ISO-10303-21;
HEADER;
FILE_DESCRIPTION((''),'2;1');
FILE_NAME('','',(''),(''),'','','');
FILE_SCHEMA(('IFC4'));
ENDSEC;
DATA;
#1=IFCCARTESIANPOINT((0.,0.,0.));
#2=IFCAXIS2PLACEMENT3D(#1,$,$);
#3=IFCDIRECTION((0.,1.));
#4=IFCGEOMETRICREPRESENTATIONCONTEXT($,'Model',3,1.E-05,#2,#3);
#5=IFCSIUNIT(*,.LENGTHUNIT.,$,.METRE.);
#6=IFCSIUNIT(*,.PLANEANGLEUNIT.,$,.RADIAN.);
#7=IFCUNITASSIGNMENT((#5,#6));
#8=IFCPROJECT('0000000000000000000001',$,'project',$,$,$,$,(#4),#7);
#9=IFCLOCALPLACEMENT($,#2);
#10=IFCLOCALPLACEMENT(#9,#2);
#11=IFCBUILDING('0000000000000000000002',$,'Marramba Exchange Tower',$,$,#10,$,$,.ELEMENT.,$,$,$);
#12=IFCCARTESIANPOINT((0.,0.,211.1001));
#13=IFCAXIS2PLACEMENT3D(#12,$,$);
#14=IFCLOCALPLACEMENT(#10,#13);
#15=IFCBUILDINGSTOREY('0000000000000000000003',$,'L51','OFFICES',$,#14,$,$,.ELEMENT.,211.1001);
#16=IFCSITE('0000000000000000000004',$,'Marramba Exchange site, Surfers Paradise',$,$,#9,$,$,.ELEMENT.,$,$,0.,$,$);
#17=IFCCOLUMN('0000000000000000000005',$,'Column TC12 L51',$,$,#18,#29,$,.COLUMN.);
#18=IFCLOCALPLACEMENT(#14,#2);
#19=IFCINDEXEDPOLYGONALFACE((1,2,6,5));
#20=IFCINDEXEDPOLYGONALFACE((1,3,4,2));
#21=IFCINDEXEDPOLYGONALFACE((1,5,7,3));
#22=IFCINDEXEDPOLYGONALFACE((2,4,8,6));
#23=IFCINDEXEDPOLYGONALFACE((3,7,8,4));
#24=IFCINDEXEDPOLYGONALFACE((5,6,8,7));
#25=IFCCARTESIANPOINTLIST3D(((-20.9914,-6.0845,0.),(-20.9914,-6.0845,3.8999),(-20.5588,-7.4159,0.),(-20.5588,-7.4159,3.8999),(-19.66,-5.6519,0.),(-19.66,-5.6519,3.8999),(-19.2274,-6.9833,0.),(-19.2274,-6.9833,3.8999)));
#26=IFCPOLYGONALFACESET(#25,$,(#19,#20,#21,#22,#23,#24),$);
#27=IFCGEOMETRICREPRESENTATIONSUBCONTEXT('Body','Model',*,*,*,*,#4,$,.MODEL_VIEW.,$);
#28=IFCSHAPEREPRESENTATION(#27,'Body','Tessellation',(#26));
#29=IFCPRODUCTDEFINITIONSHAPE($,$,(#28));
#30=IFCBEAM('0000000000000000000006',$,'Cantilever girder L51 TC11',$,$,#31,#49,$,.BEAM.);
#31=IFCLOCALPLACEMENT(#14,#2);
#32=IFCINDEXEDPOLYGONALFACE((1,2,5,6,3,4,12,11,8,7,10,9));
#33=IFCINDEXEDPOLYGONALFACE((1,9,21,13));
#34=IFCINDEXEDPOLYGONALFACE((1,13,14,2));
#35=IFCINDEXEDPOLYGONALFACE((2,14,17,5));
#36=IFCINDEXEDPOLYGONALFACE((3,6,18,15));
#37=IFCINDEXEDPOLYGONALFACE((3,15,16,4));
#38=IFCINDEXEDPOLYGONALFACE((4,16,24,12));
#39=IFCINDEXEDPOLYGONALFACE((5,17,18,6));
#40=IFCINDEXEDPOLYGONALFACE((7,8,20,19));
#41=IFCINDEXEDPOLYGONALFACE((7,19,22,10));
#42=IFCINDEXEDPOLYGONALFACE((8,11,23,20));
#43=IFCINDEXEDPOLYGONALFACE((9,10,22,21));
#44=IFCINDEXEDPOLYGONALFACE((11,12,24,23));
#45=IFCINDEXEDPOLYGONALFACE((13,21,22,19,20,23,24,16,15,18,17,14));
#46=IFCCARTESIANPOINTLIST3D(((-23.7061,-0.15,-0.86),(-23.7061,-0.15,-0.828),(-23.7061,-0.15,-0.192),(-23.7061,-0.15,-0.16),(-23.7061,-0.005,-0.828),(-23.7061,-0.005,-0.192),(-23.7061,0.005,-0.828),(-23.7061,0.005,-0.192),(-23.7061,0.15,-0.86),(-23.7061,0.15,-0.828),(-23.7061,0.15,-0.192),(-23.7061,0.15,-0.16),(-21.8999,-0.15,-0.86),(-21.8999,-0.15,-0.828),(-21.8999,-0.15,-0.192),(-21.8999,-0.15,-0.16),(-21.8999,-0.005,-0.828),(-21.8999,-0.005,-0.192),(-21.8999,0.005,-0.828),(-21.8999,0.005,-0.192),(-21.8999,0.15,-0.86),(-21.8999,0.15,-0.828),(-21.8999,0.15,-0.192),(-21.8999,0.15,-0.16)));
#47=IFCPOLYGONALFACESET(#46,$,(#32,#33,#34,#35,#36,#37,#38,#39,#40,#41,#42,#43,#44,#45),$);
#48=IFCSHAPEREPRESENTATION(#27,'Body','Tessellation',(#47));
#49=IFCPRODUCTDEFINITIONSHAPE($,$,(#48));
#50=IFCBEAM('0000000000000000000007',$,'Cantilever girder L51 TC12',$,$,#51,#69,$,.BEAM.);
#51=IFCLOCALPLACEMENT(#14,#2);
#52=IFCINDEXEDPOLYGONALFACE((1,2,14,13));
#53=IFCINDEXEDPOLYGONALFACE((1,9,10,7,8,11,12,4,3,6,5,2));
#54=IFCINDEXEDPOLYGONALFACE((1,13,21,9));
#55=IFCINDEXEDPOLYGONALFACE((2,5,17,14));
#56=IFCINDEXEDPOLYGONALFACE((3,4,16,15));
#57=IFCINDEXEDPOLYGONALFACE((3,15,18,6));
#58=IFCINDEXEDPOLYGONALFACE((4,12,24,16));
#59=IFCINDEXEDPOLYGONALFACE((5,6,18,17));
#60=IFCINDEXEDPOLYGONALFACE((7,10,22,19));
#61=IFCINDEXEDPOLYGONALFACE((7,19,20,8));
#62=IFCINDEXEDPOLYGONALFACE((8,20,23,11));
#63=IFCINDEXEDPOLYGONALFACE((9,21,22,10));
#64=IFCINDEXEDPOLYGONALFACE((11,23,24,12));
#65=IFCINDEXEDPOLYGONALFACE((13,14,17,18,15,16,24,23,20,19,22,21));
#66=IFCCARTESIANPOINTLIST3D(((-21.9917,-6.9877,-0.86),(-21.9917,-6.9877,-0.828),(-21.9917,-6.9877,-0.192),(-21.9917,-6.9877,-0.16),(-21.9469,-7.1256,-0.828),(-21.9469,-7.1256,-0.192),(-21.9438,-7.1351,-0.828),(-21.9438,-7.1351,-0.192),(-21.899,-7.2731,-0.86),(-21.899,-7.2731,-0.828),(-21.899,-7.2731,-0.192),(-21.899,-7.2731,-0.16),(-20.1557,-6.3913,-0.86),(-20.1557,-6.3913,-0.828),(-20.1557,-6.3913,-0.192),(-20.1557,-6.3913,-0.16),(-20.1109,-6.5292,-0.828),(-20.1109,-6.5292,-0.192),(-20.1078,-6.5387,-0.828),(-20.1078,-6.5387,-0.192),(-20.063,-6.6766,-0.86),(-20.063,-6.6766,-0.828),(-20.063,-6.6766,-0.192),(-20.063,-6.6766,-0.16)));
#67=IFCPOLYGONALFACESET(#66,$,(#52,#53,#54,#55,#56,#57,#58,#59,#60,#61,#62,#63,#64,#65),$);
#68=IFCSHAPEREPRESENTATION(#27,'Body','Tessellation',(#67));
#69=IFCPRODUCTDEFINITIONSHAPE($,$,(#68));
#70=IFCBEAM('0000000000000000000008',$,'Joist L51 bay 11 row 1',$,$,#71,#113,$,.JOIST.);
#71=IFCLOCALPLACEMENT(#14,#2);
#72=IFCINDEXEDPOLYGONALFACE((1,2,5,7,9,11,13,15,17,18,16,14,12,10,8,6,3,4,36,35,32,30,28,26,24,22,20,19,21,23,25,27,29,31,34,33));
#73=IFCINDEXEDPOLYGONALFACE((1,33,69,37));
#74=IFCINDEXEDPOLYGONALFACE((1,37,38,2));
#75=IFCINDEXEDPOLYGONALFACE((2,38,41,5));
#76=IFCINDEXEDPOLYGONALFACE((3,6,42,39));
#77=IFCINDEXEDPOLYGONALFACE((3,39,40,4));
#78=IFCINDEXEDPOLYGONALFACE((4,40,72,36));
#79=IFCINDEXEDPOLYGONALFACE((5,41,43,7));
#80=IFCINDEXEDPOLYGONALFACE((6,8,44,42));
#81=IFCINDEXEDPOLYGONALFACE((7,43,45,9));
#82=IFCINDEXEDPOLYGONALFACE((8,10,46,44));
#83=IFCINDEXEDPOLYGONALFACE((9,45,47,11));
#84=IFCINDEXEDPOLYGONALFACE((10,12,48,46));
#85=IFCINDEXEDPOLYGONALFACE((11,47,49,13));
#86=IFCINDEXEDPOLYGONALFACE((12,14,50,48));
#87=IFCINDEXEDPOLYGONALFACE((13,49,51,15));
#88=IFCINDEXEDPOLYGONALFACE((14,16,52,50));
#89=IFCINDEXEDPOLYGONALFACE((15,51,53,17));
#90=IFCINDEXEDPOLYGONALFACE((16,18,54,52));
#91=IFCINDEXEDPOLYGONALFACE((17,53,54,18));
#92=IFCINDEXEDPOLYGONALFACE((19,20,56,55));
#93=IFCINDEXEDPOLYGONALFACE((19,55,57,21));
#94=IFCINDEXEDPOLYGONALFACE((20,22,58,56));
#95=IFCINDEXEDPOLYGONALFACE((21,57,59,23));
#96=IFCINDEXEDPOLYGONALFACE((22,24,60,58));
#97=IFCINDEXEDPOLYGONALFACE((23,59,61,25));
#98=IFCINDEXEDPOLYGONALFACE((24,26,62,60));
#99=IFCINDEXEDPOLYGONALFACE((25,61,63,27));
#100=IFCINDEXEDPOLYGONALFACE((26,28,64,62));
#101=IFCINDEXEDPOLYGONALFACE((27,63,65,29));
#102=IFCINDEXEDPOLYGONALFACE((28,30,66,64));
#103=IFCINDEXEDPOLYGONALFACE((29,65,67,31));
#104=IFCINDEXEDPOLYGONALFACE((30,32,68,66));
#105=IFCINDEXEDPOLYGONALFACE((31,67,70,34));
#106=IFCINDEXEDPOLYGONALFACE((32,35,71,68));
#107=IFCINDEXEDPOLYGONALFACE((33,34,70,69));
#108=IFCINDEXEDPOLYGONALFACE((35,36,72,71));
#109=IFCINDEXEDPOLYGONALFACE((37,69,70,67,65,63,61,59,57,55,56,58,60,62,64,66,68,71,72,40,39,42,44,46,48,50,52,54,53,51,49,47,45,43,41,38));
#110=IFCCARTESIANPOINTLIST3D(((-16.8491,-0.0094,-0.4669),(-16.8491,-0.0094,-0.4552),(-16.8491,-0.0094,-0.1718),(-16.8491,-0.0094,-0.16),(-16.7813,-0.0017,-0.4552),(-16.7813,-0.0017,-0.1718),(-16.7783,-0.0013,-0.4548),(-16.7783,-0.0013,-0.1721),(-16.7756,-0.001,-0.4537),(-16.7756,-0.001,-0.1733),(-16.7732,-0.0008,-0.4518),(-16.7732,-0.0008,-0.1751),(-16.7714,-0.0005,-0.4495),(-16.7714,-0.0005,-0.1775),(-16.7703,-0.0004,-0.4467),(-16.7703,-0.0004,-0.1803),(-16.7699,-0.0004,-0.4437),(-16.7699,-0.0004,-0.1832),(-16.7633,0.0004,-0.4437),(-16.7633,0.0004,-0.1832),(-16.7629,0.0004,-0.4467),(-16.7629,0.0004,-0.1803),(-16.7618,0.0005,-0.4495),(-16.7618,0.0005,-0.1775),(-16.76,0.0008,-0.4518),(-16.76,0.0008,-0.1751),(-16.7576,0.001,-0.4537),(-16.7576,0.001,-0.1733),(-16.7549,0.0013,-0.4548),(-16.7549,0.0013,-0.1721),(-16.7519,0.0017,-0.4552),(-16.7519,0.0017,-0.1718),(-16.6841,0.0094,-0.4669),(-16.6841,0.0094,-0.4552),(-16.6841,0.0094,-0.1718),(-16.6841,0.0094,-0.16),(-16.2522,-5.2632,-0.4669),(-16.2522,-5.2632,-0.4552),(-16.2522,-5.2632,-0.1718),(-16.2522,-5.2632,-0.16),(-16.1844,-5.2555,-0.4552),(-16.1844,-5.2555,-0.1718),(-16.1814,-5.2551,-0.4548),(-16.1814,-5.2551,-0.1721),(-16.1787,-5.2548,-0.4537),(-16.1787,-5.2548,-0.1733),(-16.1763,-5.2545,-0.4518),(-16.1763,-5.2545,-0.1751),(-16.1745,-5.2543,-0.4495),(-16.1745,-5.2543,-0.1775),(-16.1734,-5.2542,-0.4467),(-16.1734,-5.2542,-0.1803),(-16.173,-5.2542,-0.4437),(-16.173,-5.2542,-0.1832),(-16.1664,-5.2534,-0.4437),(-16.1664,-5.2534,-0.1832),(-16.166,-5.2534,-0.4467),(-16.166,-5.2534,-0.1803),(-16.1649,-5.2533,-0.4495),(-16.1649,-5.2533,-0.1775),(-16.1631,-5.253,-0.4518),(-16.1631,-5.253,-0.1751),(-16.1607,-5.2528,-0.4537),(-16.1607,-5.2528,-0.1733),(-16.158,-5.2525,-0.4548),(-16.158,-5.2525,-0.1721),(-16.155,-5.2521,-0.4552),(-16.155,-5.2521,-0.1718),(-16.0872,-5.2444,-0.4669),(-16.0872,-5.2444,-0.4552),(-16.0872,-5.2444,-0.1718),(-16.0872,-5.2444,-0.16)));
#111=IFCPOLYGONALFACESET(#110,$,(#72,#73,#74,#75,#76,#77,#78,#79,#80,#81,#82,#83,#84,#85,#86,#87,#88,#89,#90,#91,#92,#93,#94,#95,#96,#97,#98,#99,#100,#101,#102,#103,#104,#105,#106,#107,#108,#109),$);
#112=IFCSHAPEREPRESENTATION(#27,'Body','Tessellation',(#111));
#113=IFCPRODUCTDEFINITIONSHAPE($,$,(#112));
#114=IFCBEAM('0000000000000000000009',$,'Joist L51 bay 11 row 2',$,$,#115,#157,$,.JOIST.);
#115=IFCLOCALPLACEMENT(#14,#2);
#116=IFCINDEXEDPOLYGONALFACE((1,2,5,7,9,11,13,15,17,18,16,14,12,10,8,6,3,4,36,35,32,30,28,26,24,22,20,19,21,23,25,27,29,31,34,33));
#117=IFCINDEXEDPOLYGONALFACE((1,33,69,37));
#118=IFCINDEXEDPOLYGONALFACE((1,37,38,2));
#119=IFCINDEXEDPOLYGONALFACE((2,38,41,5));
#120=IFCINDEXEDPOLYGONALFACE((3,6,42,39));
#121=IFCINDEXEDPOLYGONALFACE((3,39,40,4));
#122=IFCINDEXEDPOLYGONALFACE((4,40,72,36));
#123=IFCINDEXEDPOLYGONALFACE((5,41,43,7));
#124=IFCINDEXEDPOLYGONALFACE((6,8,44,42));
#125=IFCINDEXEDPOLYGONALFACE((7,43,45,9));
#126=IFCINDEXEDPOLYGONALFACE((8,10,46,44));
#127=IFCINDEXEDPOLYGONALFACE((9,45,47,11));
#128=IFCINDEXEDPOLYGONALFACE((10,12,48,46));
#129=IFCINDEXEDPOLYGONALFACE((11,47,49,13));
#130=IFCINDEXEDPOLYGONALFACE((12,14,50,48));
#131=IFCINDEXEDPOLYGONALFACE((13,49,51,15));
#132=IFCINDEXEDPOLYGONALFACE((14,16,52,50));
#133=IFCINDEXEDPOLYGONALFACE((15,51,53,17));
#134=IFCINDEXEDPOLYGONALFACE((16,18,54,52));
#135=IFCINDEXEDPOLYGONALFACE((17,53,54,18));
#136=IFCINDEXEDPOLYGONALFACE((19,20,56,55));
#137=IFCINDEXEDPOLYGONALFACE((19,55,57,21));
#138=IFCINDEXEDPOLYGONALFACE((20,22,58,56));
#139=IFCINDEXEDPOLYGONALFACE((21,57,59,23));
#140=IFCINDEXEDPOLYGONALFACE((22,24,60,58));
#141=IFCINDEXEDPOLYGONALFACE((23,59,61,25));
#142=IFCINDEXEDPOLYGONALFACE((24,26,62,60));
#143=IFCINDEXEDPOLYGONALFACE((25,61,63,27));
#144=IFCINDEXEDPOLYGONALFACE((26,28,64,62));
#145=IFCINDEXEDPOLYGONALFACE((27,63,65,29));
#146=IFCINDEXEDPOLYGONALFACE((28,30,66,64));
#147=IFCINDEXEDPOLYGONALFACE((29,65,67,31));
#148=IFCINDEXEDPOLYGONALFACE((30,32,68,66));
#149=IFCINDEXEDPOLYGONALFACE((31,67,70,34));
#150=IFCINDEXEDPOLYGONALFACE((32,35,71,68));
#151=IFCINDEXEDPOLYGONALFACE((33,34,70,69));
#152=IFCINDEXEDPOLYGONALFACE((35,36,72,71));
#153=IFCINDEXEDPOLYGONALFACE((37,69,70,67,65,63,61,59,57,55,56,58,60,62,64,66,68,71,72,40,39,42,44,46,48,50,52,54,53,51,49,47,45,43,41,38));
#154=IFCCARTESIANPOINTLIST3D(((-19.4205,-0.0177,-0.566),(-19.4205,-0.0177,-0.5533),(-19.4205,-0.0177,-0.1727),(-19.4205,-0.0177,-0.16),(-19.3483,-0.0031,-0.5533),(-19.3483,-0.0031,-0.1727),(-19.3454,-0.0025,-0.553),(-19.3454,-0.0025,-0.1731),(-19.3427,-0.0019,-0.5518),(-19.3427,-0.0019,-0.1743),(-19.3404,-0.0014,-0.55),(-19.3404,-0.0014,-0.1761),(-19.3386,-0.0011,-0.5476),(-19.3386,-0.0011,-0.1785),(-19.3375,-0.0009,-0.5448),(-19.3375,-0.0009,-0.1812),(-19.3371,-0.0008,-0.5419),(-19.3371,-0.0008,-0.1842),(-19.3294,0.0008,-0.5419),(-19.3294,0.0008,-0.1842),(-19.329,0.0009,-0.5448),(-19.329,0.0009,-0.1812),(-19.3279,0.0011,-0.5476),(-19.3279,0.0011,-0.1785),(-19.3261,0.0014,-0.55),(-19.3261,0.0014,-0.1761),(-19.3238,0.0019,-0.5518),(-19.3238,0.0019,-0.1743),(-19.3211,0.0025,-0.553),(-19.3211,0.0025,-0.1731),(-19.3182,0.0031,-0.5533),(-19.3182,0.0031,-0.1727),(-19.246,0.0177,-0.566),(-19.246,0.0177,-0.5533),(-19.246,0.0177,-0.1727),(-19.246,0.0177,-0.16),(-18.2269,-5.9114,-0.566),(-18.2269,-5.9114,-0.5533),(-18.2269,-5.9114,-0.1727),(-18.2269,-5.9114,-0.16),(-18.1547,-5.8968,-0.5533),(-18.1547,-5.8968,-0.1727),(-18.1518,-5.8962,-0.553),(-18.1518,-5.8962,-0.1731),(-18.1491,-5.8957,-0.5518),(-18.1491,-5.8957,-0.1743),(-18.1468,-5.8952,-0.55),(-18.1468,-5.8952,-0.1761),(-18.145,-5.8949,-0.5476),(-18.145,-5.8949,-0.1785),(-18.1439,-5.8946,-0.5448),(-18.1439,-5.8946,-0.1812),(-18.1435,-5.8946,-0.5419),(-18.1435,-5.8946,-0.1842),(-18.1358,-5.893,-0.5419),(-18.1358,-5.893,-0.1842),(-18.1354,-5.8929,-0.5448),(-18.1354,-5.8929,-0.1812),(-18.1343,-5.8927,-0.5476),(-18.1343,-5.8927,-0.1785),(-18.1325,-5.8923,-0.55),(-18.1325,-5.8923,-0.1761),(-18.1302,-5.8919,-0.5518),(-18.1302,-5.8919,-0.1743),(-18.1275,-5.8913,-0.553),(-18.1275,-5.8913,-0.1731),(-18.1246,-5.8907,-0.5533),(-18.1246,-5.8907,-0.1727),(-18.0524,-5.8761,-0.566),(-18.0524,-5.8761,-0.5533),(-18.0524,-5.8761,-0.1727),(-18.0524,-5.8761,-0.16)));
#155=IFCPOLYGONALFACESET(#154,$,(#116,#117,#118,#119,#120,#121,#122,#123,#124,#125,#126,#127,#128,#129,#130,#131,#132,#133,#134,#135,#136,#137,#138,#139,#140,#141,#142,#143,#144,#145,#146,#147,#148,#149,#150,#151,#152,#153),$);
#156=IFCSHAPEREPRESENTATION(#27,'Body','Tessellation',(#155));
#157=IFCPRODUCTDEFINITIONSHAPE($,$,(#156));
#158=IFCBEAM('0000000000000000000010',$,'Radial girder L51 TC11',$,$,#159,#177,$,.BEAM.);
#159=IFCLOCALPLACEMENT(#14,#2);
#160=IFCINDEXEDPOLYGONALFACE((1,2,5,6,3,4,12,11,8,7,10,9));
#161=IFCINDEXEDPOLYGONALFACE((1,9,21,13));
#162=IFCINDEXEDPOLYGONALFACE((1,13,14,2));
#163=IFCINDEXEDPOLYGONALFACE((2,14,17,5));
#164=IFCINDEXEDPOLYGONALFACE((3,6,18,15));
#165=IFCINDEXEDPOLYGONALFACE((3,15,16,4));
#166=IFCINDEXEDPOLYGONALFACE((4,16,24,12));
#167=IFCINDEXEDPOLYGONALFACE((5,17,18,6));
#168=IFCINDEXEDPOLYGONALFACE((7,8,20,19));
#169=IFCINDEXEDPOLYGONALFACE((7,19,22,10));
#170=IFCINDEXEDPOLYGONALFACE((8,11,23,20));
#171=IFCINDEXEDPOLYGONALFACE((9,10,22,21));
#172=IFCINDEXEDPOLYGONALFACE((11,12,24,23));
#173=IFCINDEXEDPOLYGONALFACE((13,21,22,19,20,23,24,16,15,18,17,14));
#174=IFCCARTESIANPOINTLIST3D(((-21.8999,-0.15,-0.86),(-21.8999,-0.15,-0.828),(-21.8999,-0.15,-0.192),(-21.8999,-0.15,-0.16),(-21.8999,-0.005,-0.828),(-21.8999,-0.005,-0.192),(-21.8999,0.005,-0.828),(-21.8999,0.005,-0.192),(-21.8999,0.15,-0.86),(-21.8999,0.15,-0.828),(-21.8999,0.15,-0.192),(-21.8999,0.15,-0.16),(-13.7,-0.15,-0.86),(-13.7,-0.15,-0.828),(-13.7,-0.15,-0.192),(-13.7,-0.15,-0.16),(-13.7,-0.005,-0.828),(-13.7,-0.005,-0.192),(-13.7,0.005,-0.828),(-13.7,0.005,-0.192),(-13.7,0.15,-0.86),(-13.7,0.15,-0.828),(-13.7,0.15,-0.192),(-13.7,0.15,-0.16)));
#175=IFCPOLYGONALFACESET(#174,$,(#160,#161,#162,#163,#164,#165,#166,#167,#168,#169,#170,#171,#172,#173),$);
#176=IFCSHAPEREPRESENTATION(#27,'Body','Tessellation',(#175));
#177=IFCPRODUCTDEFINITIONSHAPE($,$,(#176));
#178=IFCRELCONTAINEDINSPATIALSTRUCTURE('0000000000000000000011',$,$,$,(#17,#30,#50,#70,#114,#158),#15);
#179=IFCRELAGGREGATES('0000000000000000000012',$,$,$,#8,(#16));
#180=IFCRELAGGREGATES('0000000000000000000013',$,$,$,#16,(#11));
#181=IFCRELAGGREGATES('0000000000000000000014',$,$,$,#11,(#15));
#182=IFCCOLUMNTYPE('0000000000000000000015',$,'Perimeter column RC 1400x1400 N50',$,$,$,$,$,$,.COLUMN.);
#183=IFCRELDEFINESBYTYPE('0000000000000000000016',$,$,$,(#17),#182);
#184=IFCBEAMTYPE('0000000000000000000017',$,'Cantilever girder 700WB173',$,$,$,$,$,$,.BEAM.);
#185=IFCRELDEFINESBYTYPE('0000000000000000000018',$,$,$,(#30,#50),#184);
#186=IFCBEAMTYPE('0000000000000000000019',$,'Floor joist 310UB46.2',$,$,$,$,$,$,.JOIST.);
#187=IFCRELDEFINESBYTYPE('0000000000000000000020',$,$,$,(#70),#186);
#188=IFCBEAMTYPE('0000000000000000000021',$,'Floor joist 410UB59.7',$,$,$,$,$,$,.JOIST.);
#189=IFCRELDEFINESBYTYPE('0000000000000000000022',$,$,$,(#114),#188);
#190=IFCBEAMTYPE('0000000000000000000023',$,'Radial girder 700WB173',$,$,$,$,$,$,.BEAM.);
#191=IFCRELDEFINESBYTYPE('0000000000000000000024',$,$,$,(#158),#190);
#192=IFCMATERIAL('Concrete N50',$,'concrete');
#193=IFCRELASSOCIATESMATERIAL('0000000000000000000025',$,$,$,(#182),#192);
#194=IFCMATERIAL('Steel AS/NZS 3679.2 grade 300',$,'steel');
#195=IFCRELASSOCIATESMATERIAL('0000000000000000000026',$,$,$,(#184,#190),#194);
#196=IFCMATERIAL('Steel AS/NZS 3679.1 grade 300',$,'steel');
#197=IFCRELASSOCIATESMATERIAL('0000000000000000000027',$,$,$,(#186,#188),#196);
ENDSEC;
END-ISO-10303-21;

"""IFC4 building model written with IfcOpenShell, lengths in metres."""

from ifc_helpers import new_model, si_unit, direction, frame, origin, origin_2d, place, context, subcontext, project, spatial, rectangle, i_section, extrude, material, material_profile, profile_set, type_object, element, save


model = new_model("IFC4")

# Units and contexts
model_context = context("Model", 3, precision=1e-05, world=origin(), true_north=direction((0.0, 1.0)))
body_context = subcontext(model_context, "Body", "Model", "MODEL_VIEW")
ifc_project = project(units=[si_unit("LENGTHUNIT", "METRE"), si_unit("PLANEANGLEUNIT", "RADIAN")], contexts=[model_context])

# Site, building, storey
site_placement = place(None, origin())
site = spatial("IfcSite", under=ifc_project, at=site_placement, Name="Marramba Exchange site, Surfers Paradise", CompositionType="ELEMENT", RefElevation=0.0)
building_placement = place(site_placement, origin())
building = spatial("IfcBuilding", under=site, at=building_placement, Name="Marramba Exchange Tower", CompositionType="ELEMENT")
storey_placement = place(building_placement, frame((0.0, 0.0, 211.1001)))
storey = spatial("IfcBuildingStorey", under=building, at=storey_placement, Name="L51", Description="OFFICES", CompositionType="ELEMENT", Elevation=211.1001)

# Column
ifc_material_1 = material(Name="Concrete N50", Category="concrete")
ifc_material_profile_1 = material_profile(ifc_material_1, rectangle(XDim=1.3999, YDim=1.3999, at=origin_2d()), Name="RC 1400x1400")
ifc_profile_set_1 = profile_set([ifc_material_profile_1], Name="Concrete N50")
column_type = type_object("IfcColumnType", Name="Perimeter column RC 1400x1400 N50", PredefinedType="COLUMN", material=ifc_profile_set_1)
column_placement = place(storey_placement, frame((-20.1094, -6.5339, 0.0), z_axis=(0.0, 0.0, 1.0), x_axis=(-0.951057, -0.309017, 0.0)))
element("IfcColumn", 1, at=column_placement, inside=storey, type_object=column_type, Name="Column TC12 L51", PredefinedType="COLUMN", context=body_context, shape_type="SweptSolid", body=[
    extrude(rectangle(XDim=1.3999, YDim=1.3999, at=origin_2d()), origin(), (0.0, 0.0, 1.0), 3.8999),
])

# Beams
ifc_material_2 = material(Name="Steel AS/NZS 3679.2 grade 300", Category="steel")
ifc_material_profile_2 = material_profile(ifc_material_2, i_section(OverallWidth=0.3, OverallDepth=0.7, WebThickness=0.01, FlangeThickness=0.032, at=origin_2d()), Name="700WB173")
ifc_profile_set_2 = profile_set([ifc_material_profile_2], Name="Steel AS/NZS 3679.2 grade 300")
beam_type_1 = type_object("IfcBeamType", Name="Cantilever girder 700WB173", PredefinedType="BEAM", material=ifc_profile_set_2)
beam_1_placement = place(storey_placement, frame((-21.8999, 0.0, -0.51), z_axis=(-1.0, 0.0, 0.0), x_axis=(0.0, -1.0, 0.0)))
element("IfcBeam", 2, at=beam_1_placement, inside=storey, type_object=beam_type_1, Name="Cantilever girder L51 TC11", PredefinedType="BEAM", context=body_context, shape_type="SweptSolid", body=[
    extrude(i_section(OverallWidth=0.3, OverallDepth=0.7, WebThickness=0.01, FlangeThickness=0.032, at=origin_2d()), origin(), (0.0, 0.0, 1.0), 1.8062),
])
beam_2_placement = place(storey_placement, frame((-20.1094, -6.5339, -0.51), z_axis=(-0.951071, -0.308972, 0.0), x_axis=(0.308972, -0.951071, 0.0)))
element("IfcBeam", 3, at=beam_2_placement, inside=storey, type_object=beam_type_1, Name="Cantilever girder L51 TC12", PredefinedType="BEAM", context=body_context, shape_type="SweptSolid", body=[
    extrude(i_section(OverallWidth=0.3, OverallDepth=0.7, WebThickness=0.01, FlangeThickness=0.032, at=origin_2d()), origin(), (0.0, 0.0, 1.0), 1.9304),
])
ifc_material_3 = material(Name="Steel AS/NZS 3679.1 grade 300", Category="steel")
ifc_material_profile_3 = material_profile(ifc_material_3, i_section(OverallWidth=0.166, OverallDepth=0.3069, WebThickness=0.0066, FlangeThickness=0.0117, FilletRadius=0.0115, at=origin_2d()), Name="310UB46.2")
ifc_profile_set_3 = profile_set([ifc_material_profile_3], Name="Steel AS/NZS 3679.1 grade 300")
beam_type_2 = type_object("IfcBeamType", Name="Floor joist 310UB46.2", PredefinedType="JOIST", material=ifc_profile_set_3)
beam_3_placement = place(storey_placement, frame((-16.7666, 0.0, -0.3135), z_axis=(0.112889, -0.993608, 0.0), x_axis=(0.993608, 0.112889, 0.0)))
element("IfcBeam", 4, at=beam_3_placement, inside=storey, type_object=beam_type_2, Name="Joist L51 bay 11 row 1", PredefinedType="JOIST", context=body_context, shape_type="SweptSolid", body=[
    extrude(i_section(OverallWidth=0.166, OverallDepth=0.3069, WebThickness=0.0066, FlangeThickness=0.0117, FilletRadius=0.0115, at=origin_2d()), origin(), (0.0, 0.0, 1.0), 5.2876),
])
ifc_material_profile_4 = material_profile(ifc_material_3, i_section(OverallWidth=0.178, OverallDepth=0.406, WebThickness=0.0078, FlangeThickness=0.0127, FilletRadius=0.0115, at=origin_2d()), Name="410UB59.7")
ifc_profile_set_4 = profile_set([ifc_material_profile_4], Name="Steel AS/NZS 3679.1 grade 300")
beam_type_3 = type_object("IfcBeamType", Name="Floor joist 410UB59.7", PredefinedType="JOIST", material=ifc_profile_set_4)
beam_4_placement = place(storey_placement, frame((-19.3333, 0.0, -0.363), z_axis=(0.198489, -0.980103, 0.0), x_axis=(0.980103, 0.198489, 0.0)))
element("IfcBeam", 5, at=beam_4_placement, inside=storey, type_object=beam_type_3, Name="Joist L51 bay 11 row 2", PredefinedType="JOIST", context=body_context, shape_type="SweptSolid", body=[
    extrude(i_section(OverallWidth=0.178, OverallDepth=0.406, WebThickness=0.0078, FlangeThickness=0.0127, FilletRadius=0.0115, at=origin_2d()), origin(), (0.0, 0.0, 1.0), 6.0134),
])
ifc_material_profile_5 = material_profile(ifc_material_2, i_section(OverallWidth=0.3, OverallDepth=0.7, WebThickness=0.01, FlangeThickness=0.032, at=origin_2d()), Name="700WB173")
ifc_profile_set_5 = profile_set([ifc_material_profile_5], Name="Steel AS/NZS 3679.2 grade 300")
beam_type_4 = type_object("IfcBeamType", Name="Radial girder 700WB173", PredefinedType="BEAM", material=ifc_profile_set_5)
beam_5_placement = place(storey_placement, frame((-13.7, 0.0, -0.51), z_axis=(-1.0, 0.0, 0.0), x_axis=(0.0, -1.0, 0.0)))
element("IfcBeam", 6, at=beam_5_placement, inside=storey, type_object=beam_type_4, Name="Radial girder L51 TC11", PredefinedType="BEAM", context=body_context, shape_type="SweptSolid", body=[
    extrude(i_section(OverallWidth=0.3, OverallDepth=0.7, WebThickness=0.01, FlangeThickness=0.032, at=origin_2d()), origin(), (0.0, 0.0, 1.0), 8.2),
])

save(model, "model.ifc")
